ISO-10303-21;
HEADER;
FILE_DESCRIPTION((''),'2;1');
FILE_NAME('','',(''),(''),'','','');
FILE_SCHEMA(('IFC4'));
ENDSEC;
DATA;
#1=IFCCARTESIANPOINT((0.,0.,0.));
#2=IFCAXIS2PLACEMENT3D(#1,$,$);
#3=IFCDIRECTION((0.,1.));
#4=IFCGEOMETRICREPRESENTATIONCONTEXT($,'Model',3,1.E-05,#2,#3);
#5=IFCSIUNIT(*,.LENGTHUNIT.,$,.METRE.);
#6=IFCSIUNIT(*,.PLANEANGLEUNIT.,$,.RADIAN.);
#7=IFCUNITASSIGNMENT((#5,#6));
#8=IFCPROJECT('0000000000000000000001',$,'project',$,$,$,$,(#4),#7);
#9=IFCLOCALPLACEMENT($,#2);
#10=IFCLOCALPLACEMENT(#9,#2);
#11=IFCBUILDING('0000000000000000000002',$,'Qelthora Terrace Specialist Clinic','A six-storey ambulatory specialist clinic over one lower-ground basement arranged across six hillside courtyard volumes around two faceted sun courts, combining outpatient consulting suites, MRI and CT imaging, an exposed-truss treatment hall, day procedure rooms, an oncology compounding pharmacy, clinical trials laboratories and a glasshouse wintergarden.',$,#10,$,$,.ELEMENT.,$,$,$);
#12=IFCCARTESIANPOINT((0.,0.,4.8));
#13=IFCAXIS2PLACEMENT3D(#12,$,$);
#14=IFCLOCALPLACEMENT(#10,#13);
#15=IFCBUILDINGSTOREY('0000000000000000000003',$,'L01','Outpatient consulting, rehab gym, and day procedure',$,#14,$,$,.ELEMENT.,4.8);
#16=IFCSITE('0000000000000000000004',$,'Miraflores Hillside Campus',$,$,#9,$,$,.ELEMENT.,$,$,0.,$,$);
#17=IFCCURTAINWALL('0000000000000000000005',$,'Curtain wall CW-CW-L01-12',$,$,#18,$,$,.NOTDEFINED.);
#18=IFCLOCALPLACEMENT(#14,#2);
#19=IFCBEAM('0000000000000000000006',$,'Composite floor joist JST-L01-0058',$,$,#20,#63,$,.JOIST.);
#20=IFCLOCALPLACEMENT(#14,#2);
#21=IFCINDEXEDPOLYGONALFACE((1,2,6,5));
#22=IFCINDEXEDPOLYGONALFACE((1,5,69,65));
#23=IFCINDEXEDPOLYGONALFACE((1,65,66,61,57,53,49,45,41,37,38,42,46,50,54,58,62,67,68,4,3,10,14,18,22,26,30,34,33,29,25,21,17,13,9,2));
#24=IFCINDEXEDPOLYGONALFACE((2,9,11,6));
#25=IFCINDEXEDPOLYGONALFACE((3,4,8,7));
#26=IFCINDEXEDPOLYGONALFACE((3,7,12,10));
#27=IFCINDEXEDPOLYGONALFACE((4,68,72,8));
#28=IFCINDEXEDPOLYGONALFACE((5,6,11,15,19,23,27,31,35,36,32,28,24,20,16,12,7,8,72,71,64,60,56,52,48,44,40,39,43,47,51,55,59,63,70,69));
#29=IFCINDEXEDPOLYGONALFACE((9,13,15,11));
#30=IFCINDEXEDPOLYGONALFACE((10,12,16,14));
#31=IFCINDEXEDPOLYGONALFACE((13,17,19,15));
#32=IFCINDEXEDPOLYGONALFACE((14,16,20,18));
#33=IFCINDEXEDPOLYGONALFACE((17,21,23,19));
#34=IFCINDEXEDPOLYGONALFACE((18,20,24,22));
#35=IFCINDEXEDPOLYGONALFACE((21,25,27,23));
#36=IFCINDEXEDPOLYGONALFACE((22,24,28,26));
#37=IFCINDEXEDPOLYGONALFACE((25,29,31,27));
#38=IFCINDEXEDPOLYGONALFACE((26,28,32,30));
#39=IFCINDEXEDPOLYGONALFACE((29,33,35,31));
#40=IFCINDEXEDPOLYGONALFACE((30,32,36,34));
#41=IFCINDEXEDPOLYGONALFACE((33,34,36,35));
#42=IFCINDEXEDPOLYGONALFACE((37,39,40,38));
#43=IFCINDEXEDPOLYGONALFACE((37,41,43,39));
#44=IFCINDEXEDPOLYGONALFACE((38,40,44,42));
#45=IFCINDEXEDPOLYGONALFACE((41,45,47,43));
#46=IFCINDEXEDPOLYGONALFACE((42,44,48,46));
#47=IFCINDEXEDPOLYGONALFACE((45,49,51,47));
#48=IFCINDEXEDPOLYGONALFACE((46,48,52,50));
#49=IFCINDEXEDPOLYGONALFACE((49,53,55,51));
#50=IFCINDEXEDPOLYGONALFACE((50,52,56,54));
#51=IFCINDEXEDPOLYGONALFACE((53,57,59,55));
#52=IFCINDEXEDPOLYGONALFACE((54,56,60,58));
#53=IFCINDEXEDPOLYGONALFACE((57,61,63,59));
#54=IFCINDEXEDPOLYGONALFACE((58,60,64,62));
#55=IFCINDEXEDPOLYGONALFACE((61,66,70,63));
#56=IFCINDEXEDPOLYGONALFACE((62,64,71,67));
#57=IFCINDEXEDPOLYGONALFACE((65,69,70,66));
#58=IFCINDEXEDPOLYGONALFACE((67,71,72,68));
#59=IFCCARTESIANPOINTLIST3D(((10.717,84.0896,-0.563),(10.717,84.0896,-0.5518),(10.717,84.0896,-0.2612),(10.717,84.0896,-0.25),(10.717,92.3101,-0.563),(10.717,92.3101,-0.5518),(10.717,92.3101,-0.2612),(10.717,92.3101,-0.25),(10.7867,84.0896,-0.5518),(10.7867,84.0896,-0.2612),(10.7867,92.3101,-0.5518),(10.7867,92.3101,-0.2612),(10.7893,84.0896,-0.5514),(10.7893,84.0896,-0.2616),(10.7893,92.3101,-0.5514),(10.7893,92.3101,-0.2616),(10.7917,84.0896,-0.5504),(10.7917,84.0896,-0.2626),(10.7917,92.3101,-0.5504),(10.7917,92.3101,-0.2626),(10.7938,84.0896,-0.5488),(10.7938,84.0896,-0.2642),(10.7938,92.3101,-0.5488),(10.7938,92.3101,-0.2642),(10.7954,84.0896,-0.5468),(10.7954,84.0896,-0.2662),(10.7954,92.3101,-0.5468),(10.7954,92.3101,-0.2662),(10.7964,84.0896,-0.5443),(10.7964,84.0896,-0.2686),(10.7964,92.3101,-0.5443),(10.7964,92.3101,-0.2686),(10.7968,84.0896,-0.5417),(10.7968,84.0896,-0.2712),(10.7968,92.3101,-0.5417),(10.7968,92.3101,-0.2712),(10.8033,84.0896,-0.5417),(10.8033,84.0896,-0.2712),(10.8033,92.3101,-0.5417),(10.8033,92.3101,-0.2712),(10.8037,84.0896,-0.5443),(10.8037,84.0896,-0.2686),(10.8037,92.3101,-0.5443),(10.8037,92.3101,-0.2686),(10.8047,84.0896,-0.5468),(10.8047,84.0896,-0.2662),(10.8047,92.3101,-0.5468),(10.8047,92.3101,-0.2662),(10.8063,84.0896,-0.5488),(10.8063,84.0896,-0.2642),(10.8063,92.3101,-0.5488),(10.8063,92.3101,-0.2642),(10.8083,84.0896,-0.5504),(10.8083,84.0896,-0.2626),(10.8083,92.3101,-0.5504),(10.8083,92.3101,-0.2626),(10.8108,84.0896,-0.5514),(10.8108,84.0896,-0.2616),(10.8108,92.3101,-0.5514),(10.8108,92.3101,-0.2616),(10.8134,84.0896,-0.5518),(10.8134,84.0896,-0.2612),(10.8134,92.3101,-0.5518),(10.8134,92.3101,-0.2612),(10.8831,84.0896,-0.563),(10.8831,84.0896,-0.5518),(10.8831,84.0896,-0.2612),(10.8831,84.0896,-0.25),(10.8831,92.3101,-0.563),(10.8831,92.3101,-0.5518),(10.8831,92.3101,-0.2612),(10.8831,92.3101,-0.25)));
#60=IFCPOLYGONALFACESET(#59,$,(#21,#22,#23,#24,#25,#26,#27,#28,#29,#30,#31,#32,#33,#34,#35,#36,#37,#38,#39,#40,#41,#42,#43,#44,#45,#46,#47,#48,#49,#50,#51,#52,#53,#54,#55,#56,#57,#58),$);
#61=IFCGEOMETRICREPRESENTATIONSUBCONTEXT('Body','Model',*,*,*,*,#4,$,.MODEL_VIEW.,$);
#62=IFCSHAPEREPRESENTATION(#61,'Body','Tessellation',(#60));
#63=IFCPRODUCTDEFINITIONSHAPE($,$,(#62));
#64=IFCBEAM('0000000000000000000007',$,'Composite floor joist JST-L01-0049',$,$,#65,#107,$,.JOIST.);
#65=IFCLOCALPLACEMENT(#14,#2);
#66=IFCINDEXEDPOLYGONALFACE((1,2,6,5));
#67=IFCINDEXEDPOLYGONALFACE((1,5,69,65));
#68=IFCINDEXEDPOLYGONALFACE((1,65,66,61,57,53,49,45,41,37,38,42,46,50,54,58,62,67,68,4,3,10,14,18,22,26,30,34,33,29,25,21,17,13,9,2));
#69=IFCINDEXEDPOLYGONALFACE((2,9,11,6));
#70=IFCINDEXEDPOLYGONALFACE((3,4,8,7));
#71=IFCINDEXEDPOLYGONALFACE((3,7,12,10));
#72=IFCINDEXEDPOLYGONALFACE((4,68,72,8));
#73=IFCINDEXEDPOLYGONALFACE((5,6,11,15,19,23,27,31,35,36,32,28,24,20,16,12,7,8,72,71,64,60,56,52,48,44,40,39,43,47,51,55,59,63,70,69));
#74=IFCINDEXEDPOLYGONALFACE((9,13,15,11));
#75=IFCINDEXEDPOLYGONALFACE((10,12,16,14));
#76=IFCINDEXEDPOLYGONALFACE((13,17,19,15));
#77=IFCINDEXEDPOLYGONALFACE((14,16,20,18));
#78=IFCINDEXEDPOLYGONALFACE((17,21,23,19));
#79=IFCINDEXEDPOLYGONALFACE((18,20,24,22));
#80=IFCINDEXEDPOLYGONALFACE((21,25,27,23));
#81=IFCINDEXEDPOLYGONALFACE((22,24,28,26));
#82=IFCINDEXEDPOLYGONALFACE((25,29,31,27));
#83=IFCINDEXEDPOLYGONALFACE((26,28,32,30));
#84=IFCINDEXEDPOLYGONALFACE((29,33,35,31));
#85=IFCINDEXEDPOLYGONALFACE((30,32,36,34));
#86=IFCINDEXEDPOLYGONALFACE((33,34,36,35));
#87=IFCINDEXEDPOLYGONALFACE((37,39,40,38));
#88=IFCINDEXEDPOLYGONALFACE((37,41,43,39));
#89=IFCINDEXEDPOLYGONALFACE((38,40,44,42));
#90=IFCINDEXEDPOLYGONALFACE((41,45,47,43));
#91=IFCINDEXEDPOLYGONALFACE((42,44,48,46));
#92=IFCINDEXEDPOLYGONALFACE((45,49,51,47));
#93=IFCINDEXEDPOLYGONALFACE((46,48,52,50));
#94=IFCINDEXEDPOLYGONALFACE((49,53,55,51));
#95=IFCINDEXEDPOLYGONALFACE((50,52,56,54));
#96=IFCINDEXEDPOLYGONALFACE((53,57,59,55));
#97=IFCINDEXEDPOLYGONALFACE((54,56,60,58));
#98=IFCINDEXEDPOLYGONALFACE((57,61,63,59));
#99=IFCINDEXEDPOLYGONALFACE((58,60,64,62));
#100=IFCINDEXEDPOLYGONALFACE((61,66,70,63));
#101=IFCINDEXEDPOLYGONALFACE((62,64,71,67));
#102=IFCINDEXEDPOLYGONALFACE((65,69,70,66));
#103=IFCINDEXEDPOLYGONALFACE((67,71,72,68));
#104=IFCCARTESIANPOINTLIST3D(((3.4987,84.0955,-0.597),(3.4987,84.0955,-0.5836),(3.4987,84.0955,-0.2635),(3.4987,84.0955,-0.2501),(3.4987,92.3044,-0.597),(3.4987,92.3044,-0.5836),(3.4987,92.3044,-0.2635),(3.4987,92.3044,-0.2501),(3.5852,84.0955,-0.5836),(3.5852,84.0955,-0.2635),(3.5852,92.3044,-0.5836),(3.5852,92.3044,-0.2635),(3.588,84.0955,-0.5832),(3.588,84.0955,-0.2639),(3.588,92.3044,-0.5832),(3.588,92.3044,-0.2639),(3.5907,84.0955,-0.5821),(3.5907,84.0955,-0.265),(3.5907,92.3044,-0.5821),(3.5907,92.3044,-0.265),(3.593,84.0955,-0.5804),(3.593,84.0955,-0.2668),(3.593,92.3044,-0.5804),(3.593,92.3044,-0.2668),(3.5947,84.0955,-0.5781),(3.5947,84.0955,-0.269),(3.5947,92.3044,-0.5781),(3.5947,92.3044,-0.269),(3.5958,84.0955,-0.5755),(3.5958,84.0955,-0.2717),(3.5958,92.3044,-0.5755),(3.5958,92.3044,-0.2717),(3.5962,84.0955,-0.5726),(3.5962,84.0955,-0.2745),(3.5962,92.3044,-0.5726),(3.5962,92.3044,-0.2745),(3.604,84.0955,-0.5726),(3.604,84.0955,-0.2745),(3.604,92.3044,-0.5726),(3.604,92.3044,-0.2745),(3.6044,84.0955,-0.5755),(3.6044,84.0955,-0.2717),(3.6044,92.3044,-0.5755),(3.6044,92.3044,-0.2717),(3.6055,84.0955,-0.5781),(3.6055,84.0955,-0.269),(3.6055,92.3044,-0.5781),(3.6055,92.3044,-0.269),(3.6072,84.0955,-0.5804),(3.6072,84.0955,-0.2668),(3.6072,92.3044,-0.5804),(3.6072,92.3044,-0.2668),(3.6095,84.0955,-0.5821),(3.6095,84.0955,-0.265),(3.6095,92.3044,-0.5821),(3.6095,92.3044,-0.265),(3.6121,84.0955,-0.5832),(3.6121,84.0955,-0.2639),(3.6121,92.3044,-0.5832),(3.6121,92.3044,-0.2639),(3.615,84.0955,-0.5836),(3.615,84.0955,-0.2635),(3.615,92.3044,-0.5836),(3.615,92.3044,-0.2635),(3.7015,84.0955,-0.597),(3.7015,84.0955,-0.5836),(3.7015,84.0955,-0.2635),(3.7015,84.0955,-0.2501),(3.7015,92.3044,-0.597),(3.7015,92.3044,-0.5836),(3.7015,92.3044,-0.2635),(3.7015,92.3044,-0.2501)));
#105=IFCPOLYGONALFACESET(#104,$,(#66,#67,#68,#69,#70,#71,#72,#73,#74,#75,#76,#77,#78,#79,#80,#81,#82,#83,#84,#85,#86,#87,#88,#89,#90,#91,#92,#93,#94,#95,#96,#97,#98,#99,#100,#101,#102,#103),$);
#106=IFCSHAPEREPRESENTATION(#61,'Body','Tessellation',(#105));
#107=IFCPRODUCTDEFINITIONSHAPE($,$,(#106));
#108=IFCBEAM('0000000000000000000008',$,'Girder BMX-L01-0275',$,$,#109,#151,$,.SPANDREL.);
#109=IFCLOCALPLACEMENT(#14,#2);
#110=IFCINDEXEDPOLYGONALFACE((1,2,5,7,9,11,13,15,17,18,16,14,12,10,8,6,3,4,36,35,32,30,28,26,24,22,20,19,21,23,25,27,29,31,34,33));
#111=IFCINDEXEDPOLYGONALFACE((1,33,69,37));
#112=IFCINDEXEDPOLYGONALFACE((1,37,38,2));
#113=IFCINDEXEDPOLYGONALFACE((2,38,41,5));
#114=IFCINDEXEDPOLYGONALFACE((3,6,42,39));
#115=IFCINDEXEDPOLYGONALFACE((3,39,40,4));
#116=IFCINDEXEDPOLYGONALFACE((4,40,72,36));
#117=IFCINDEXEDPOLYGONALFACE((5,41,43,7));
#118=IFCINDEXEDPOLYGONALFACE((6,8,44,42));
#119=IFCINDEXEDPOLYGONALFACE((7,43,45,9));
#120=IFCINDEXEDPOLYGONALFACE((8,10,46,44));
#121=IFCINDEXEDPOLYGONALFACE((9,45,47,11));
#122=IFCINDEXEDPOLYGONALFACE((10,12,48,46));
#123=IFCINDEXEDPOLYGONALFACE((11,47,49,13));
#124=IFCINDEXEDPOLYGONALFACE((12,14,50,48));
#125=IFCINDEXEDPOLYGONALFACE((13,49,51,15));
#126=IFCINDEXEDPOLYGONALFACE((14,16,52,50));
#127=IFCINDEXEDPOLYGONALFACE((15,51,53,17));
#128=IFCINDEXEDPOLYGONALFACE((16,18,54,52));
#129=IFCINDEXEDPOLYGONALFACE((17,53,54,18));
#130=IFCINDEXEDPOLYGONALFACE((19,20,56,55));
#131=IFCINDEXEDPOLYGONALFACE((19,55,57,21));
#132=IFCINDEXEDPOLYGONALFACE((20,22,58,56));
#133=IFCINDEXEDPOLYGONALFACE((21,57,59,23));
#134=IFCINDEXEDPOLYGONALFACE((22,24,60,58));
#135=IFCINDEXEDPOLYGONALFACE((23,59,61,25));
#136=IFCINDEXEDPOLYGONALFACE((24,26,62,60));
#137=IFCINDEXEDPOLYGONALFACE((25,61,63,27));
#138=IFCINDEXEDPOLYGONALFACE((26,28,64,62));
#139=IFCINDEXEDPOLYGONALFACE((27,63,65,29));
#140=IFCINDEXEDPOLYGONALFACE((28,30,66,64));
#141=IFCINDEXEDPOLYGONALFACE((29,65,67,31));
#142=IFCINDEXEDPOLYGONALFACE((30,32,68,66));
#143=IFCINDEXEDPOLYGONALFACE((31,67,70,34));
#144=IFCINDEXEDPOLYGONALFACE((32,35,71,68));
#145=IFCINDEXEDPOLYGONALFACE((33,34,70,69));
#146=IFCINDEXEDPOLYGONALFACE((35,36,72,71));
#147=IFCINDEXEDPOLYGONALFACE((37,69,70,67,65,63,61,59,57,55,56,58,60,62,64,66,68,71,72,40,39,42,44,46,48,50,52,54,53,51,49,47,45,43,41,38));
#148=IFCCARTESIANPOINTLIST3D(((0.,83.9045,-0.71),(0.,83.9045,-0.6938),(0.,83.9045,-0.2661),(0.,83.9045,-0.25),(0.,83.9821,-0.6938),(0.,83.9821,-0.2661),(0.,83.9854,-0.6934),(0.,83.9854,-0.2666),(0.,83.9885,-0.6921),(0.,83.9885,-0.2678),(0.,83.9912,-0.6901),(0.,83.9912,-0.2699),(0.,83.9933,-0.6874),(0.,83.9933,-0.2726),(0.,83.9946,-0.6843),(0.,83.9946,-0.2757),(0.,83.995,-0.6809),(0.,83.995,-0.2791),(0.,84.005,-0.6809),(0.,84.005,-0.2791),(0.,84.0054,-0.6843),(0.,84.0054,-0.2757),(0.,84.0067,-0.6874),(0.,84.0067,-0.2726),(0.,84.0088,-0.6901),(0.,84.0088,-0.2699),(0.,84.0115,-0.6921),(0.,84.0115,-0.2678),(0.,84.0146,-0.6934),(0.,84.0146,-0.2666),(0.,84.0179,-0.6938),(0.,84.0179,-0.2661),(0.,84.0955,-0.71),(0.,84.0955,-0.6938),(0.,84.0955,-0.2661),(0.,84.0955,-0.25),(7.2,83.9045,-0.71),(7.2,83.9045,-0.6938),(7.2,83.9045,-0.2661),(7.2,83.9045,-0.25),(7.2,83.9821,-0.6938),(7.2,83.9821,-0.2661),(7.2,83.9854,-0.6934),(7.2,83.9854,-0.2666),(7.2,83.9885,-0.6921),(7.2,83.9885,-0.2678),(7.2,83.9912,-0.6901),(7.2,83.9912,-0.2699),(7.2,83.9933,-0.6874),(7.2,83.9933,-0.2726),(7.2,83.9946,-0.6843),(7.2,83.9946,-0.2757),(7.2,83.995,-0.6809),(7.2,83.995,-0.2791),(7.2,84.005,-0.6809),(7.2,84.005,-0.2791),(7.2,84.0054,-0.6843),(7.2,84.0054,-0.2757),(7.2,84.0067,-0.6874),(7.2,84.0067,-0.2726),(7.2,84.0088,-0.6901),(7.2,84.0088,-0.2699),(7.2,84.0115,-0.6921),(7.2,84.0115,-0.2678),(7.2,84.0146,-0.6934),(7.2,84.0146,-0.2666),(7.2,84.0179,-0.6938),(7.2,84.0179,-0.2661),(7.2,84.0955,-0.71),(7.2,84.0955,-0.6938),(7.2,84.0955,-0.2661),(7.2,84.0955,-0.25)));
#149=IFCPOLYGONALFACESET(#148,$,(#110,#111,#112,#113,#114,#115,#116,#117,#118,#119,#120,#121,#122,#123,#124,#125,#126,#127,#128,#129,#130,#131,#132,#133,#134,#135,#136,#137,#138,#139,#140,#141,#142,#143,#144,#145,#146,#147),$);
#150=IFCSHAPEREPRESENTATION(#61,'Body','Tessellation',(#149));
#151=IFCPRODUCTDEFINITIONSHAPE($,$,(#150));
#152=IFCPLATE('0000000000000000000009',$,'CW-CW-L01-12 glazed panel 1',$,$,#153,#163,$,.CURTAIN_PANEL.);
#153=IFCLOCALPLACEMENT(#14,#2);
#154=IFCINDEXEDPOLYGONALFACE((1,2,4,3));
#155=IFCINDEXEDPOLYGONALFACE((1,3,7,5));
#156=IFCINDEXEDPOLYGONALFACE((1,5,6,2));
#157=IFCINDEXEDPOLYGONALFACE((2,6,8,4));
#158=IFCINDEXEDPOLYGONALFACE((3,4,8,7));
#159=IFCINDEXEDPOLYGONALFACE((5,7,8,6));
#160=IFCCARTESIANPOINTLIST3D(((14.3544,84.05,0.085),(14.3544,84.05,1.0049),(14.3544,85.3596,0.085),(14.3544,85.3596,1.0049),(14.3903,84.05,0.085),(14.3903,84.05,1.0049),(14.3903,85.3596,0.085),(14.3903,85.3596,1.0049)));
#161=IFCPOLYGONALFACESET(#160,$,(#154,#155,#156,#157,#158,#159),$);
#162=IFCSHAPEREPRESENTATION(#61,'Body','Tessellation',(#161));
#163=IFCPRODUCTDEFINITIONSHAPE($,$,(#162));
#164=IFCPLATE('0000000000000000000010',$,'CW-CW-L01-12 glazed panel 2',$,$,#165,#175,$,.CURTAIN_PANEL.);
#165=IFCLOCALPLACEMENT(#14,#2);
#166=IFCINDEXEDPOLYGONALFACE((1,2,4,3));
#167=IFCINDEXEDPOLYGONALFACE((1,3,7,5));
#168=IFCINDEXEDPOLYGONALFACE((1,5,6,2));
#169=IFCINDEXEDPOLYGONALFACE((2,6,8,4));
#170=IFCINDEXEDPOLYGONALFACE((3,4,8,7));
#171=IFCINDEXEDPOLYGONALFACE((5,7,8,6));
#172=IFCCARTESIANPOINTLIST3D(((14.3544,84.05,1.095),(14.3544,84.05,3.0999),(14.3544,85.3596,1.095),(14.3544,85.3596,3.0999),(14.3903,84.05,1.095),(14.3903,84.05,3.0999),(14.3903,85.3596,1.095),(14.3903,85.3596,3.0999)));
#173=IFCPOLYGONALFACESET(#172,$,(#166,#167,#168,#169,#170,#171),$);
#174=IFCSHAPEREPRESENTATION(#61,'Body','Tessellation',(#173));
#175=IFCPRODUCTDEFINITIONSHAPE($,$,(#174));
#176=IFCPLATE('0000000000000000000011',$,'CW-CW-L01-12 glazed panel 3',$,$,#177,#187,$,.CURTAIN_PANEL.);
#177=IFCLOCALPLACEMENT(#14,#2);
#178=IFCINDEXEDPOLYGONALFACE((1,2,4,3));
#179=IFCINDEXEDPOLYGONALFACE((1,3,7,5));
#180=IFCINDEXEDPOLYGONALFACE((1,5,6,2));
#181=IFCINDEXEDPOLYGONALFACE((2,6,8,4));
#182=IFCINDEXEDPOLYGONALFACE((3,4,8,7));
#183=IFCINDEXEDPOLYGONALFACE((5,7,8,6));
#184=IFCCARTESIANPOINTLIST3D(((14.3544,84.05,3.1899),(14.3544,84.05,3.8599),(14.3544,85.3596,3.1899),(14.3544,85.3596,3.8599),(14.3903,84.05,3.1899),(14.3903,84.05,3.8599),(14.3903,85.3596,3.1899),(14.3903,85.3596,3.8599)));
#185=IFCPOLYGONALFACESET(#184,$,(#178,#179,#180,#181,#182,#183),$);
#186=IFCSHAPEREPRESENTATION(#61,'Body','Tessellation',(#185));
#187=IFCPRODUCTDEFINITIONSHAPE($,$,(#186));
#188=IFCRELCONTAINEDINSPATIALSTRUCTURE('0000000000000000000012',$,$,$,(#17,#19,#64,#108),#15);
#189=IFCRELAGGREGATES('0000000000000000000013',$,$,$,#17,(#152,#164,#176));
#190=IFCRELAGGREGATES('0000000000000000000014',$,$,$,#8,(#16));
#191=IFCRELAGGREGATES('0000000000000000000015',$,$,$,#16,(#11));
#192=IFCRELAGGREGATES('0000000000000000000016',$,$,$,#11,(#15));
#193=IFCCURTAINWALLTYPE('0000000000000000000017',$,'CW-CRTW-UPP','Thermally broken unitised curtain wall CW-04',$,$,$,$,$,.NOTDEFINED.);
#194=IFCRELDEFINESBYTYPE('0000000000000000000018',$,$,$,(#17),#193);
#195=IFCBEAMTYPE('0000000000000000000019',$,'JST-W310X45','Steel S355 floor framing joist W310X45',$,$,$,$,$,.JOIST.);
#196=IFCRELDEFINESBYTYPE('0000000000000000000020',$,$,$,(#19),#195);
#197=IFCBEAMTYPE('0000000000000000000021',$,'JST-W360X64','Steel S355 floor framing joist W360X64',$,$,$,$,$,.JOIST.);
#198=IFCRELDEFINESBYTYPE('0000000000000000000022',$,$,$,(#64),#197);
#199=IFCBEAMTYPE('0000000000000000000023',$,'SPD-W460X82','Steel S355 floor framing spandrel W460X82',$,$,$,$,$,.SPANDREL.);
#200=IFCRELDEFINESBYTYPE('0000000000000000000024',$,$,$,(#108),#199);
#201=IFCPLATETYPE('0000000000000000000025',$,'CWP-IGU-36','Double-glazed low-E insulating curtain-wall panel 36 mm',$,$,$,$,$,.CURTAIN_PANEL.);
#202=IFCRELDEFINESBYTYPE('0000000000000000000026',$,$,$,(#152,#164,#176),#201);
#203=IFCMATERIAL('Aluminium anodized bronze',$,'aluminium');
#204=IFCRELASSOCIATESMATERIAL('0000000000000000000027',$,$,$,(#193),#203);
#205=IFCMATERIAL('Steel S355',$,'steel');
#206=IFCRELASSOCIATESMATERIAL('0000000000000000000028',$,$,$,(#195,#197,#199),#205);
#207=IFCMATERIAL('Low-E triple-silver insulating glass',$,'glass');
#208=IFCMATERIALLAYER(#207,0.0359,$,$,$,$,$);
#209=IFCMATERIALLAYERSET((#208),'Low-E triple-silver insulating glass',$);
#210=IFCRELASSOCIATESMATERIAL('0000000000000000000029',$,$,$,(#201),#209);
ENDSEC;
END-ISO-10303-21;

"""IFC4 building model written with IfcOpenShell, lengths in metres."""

from ifc_helpers import new_model, si_unit, direction, frame, origin, origin_2d, place, context, subcontext, project, spatial, rectangle, i_section, extrude, material, layer, layer_set, material_profile, profile_set, type_object, element, aggregate, save


model = new_model("IFC4")

# Units and contexts
model_context = context("Model", 3, precision=1e-05, world=origin(), true_north=direction((0.0, 1.0)))
body_context = subcontext(model_context, "Body", "Model", "MODEL_VIEW")
ifc_project = project(units=[si_unit("LENGTHUNIT", "METRE"), si_unit("PLANEANGLEUNIT", "RADIAN")], contexts=[model_context])

# Site, building, storey
site_placement = place(None, origin())
site = spatial("IfcSite", under=ifc_project, at=site_placement, Name="Miraflores Hillside Campus", CompositionType="ELEMENT", RefElevation=0.0)
building_placement = place(site_placement, origin())
building = spatial("IfcBuilding", under=site, at=building_placement, Name="Qelthora Terrace Specialist Clinic", Description="A six-storey ambulatory specialist clinic over one lower-ground basement arranged across six hillside courtyard volumes around two faceted sun courts, combining outpatient consulting suites, MRI and CT imaging, an exposed-truss treatment hall, day procedure rooms, an oncology compounding pharmacy, clinical trials laboratories and a glasshouse wintergarden.", CompositionType="ELEMENT")
storey_placement = place(building_placement, frame((0.0, 0.0, 4.8)))
storey = spatial("IfcBuildingStorey", under=building, at=storey_placement, Name="L01", Description="Outpatient consulting, rehab gym, and day procedure", CompositionType="ELEMENT", Elevation=4.8)

# Shared definitions
ifc_material_1 = material(Name="Steel S355", Category="steel")

# Curtain wall
ifc_material_2 = material(Name="Aluminium anodized bronze", Category="aluminium")
curtain_wall_type = type_object("IfcCurtainWallType", Name="CW-CRTW-UPP", Description="Thermally broken unitised curtain wall CW-04", PredefinedType="NOTDEFINED", material=ifc_material_2)
curtain_wall_placement = place(storey_placement, origin())
curtain_wall = element("IfcCurtainWall", 1, at=curtain_wall_placement, inside=storey, type_object=curtain_wall_type, Name="Curtain wall CW-CW-L01-12", PredefinedType="NOTDEFINED")

# Beams
ifc_material_profile_1 = material_profile(ifc_material_1, i_section(OverallWidth=0.166, OverallDepth=0.313, WebThickness=0.0066, FlangeThickness=0.0112, FilletRadius=0.01, at=origin_2d()), Name="W310X45")
ifc_profile_set_1 = profile_set([ifc_material_profile_1], Name="Steel S355")
beam_type_1 = type_object("IfcBeamType", Name="JST-W310X45", Description="Steel S355 floor framing joist W310X45", PredefinedType="JOIST", material=ifc_profile_set_1)
beam_1_placement = place(storey_placement, frame((10.8, 84.0896, -0.4065), z_axis=(0.0, 1.0, 0.0), x_axis=(-1.0, 0.0, 0.0)))
element("IfcBeam", 2, at=beam_1_placement, inside=storey, type_object=beam_type_1, Name="Composite floor joist JST-L01-0058", PredefinedType="JOIST", context=body_context, shape_type="SweptSolid", body=[
    extrude(i_section(OverallWidth=0.166, OverallDepth=0.313, WebThickness=0.0066, FlangeThickness=0.0112, FilletRadius=0.01, at=origin_2d()), origin(), (0.0, 0.0, 1.0), 8.2205),
])
ifc_material_profile_2 = material_profile(ifc_material_1, i_section(OverallWidth=0.2029, OverallDepth=0.3469, WebThickness=0.0078, FlangeThickness=0.0134, FilletRadius=0.011, at=origin_2d()), Name="W360X64")
ifc_profile_set_2 = profile_set([ifc_material_profile_2], Name="Steel S355")
beam_type_2 = type_object("IfcBeamType", Name="JST-W360X64", Description="Steel S355 floor framing joist W360X64", PredefinedType="JOIST", material=ifc_profile_set_2)
beam_2_placement = place(storey_placement, frame((3.6001, 84.0955, -0.4236), z_axis=(0.0, 1.0, 0.0), x_axis=(-1.0, 0.0, 0.0)))
element("IfcBeam", 3, at=beam_2_placement, inside=storey, type_object=beam_type_2, Name="Composite floor joist JST-L01-0049", PredefinedType="JOIST", context=body_context, shape_type="SweptSolid", body=[
    extrude(i_section(OverallWidth=0.2029, OverallDepth=0.3469, WebThickness=0.0078, FlangeThickness=0.0134, FilletRadius=0.011, at=origin_2d()), origin(), (0.0, 0.0, 1.0), 8.209),
])
ifc_material_profile_3 = material_profile(ifc_material_1, i_section(OverallWidth=0.1909, OverallDepth=0.46, WebThickness=0.01, FlangeThickness=0.0161, FilletRadius=0.0129, at=origin_2d()), Name="W460X82")
ifc_profile_set_3 = profile_set([ifc_material_profile_3], Name="Steel S355")
beam_type_3 = type_object("IfcBeamType", Name="SPD-W460X82", Description="Steel S355 floor framing spandrel W460X82", PredefinedType="SPANDREL", material=ifc_profile_set_3)
beam_3_placement = place(storey_placement, frame((0.0, 84.0, -0.48), z_axis=(1.0, 0.0, 0.0), x_axis=(0.0, 1.0, 0.0)))
element("IfcBeam", 4, at=beam_3_placement, inside=storey, type_object=beam_type_3, Name="Girder BMX-L01-0275", PredefinedType="SPANDREL", context=body_context, shape_type="SweptSolid", body=[
    extrude(i_section(OverallWidth=0.1909, OverallDepth=0.46, WebThickness=0.01, FlangeThickness=0.0161, FilletRadius=0.0129, at=origin_2d()), origin(), (0.0, 0.0, 1.0), 7.2),
])

# Plates
ifc_material_3 = material(Name="Low-E triple-silver insulating glass", Category="glass")
ifc_layer_1 = layer(ifc_material_3, 0.0359)
ifc_layer_set_1 = layer_set([ifc_layer_1], Name="Low-E triple-silver insulating glass")
plate_type = type_object("IfcPlateType", Name="CWP-IGU-36", Description="Double-glazed low-E insulating curtain-wall panel 36 mm", PredefinedType="CURTAIN_PANEL", material=ifc_layer_set_1)
plate_1_placement = place(storey_placement, frame((14.3723, 84.7048, 0.085), z_axis=(0.0, 0.0, 1.0), x_axis=(0.0, -1.0, 0.0)))
plate_1 = element("IfcPlate", 5, at=plate_1_placement, type_object=plate_type, Name="CW-CW-L01-12 glazed panel 1", PredefinedType="CURTAIN_PANEL", context=body_context, shape_type="SweptSolid", body=[
    extrude(rectangle(XDim=1.3096, YDim=0.0359, at=origin_2d()), origin(), (0.0, 0.0, 1.0), 0.9199),
])
plate_2_placement = place(storey_placement, frame((14.3723, 84.7048, 1.095), z_axis=(0.0, 0.0, 1.0), x_axis=(0.0, -1.0, 0.0)))
plate_2 = element("IfcPlate", 6, at=plate_2_placement, type_object=plate_type, Name="CW-CW-L01-12 glazed panel 2", PredefinedType="CURTAIN_PANEL", context=body_context, shape_type="SweptSolid", body=[
    extrude(rectangle(XDim=1.3096, YDim=0.0359, at=origin_2d()), origin(), (0.0, 0.0, 1.0), 2.0049),
])
plate_3_placement = place(storey_placement, frame((14.3723, 84.7048, 3.1899), z_axis=(0.0, 0.0, 1.0), x_axis=(0.0, -1.0, 0.0)))
plate_3 = element("IfcPlate", 7, at=plate_3_placement, type_object=plate_type, Name="CW-CW-L01-12 glazed panel 3", PredefinedType="CURTAIN_PANEL", context=body_context, shape_type="SweptSolid", body=[
    extrude(rectangle(XDim=1.3096, YDim=0.0359, at=origin_2d()), origin(), (0.0, 0.0, 1.0), 0.6699),
])
aggregate(curtain_wall, [plate_1, plate_2, plate_3])

save(model, "model.ifc")
